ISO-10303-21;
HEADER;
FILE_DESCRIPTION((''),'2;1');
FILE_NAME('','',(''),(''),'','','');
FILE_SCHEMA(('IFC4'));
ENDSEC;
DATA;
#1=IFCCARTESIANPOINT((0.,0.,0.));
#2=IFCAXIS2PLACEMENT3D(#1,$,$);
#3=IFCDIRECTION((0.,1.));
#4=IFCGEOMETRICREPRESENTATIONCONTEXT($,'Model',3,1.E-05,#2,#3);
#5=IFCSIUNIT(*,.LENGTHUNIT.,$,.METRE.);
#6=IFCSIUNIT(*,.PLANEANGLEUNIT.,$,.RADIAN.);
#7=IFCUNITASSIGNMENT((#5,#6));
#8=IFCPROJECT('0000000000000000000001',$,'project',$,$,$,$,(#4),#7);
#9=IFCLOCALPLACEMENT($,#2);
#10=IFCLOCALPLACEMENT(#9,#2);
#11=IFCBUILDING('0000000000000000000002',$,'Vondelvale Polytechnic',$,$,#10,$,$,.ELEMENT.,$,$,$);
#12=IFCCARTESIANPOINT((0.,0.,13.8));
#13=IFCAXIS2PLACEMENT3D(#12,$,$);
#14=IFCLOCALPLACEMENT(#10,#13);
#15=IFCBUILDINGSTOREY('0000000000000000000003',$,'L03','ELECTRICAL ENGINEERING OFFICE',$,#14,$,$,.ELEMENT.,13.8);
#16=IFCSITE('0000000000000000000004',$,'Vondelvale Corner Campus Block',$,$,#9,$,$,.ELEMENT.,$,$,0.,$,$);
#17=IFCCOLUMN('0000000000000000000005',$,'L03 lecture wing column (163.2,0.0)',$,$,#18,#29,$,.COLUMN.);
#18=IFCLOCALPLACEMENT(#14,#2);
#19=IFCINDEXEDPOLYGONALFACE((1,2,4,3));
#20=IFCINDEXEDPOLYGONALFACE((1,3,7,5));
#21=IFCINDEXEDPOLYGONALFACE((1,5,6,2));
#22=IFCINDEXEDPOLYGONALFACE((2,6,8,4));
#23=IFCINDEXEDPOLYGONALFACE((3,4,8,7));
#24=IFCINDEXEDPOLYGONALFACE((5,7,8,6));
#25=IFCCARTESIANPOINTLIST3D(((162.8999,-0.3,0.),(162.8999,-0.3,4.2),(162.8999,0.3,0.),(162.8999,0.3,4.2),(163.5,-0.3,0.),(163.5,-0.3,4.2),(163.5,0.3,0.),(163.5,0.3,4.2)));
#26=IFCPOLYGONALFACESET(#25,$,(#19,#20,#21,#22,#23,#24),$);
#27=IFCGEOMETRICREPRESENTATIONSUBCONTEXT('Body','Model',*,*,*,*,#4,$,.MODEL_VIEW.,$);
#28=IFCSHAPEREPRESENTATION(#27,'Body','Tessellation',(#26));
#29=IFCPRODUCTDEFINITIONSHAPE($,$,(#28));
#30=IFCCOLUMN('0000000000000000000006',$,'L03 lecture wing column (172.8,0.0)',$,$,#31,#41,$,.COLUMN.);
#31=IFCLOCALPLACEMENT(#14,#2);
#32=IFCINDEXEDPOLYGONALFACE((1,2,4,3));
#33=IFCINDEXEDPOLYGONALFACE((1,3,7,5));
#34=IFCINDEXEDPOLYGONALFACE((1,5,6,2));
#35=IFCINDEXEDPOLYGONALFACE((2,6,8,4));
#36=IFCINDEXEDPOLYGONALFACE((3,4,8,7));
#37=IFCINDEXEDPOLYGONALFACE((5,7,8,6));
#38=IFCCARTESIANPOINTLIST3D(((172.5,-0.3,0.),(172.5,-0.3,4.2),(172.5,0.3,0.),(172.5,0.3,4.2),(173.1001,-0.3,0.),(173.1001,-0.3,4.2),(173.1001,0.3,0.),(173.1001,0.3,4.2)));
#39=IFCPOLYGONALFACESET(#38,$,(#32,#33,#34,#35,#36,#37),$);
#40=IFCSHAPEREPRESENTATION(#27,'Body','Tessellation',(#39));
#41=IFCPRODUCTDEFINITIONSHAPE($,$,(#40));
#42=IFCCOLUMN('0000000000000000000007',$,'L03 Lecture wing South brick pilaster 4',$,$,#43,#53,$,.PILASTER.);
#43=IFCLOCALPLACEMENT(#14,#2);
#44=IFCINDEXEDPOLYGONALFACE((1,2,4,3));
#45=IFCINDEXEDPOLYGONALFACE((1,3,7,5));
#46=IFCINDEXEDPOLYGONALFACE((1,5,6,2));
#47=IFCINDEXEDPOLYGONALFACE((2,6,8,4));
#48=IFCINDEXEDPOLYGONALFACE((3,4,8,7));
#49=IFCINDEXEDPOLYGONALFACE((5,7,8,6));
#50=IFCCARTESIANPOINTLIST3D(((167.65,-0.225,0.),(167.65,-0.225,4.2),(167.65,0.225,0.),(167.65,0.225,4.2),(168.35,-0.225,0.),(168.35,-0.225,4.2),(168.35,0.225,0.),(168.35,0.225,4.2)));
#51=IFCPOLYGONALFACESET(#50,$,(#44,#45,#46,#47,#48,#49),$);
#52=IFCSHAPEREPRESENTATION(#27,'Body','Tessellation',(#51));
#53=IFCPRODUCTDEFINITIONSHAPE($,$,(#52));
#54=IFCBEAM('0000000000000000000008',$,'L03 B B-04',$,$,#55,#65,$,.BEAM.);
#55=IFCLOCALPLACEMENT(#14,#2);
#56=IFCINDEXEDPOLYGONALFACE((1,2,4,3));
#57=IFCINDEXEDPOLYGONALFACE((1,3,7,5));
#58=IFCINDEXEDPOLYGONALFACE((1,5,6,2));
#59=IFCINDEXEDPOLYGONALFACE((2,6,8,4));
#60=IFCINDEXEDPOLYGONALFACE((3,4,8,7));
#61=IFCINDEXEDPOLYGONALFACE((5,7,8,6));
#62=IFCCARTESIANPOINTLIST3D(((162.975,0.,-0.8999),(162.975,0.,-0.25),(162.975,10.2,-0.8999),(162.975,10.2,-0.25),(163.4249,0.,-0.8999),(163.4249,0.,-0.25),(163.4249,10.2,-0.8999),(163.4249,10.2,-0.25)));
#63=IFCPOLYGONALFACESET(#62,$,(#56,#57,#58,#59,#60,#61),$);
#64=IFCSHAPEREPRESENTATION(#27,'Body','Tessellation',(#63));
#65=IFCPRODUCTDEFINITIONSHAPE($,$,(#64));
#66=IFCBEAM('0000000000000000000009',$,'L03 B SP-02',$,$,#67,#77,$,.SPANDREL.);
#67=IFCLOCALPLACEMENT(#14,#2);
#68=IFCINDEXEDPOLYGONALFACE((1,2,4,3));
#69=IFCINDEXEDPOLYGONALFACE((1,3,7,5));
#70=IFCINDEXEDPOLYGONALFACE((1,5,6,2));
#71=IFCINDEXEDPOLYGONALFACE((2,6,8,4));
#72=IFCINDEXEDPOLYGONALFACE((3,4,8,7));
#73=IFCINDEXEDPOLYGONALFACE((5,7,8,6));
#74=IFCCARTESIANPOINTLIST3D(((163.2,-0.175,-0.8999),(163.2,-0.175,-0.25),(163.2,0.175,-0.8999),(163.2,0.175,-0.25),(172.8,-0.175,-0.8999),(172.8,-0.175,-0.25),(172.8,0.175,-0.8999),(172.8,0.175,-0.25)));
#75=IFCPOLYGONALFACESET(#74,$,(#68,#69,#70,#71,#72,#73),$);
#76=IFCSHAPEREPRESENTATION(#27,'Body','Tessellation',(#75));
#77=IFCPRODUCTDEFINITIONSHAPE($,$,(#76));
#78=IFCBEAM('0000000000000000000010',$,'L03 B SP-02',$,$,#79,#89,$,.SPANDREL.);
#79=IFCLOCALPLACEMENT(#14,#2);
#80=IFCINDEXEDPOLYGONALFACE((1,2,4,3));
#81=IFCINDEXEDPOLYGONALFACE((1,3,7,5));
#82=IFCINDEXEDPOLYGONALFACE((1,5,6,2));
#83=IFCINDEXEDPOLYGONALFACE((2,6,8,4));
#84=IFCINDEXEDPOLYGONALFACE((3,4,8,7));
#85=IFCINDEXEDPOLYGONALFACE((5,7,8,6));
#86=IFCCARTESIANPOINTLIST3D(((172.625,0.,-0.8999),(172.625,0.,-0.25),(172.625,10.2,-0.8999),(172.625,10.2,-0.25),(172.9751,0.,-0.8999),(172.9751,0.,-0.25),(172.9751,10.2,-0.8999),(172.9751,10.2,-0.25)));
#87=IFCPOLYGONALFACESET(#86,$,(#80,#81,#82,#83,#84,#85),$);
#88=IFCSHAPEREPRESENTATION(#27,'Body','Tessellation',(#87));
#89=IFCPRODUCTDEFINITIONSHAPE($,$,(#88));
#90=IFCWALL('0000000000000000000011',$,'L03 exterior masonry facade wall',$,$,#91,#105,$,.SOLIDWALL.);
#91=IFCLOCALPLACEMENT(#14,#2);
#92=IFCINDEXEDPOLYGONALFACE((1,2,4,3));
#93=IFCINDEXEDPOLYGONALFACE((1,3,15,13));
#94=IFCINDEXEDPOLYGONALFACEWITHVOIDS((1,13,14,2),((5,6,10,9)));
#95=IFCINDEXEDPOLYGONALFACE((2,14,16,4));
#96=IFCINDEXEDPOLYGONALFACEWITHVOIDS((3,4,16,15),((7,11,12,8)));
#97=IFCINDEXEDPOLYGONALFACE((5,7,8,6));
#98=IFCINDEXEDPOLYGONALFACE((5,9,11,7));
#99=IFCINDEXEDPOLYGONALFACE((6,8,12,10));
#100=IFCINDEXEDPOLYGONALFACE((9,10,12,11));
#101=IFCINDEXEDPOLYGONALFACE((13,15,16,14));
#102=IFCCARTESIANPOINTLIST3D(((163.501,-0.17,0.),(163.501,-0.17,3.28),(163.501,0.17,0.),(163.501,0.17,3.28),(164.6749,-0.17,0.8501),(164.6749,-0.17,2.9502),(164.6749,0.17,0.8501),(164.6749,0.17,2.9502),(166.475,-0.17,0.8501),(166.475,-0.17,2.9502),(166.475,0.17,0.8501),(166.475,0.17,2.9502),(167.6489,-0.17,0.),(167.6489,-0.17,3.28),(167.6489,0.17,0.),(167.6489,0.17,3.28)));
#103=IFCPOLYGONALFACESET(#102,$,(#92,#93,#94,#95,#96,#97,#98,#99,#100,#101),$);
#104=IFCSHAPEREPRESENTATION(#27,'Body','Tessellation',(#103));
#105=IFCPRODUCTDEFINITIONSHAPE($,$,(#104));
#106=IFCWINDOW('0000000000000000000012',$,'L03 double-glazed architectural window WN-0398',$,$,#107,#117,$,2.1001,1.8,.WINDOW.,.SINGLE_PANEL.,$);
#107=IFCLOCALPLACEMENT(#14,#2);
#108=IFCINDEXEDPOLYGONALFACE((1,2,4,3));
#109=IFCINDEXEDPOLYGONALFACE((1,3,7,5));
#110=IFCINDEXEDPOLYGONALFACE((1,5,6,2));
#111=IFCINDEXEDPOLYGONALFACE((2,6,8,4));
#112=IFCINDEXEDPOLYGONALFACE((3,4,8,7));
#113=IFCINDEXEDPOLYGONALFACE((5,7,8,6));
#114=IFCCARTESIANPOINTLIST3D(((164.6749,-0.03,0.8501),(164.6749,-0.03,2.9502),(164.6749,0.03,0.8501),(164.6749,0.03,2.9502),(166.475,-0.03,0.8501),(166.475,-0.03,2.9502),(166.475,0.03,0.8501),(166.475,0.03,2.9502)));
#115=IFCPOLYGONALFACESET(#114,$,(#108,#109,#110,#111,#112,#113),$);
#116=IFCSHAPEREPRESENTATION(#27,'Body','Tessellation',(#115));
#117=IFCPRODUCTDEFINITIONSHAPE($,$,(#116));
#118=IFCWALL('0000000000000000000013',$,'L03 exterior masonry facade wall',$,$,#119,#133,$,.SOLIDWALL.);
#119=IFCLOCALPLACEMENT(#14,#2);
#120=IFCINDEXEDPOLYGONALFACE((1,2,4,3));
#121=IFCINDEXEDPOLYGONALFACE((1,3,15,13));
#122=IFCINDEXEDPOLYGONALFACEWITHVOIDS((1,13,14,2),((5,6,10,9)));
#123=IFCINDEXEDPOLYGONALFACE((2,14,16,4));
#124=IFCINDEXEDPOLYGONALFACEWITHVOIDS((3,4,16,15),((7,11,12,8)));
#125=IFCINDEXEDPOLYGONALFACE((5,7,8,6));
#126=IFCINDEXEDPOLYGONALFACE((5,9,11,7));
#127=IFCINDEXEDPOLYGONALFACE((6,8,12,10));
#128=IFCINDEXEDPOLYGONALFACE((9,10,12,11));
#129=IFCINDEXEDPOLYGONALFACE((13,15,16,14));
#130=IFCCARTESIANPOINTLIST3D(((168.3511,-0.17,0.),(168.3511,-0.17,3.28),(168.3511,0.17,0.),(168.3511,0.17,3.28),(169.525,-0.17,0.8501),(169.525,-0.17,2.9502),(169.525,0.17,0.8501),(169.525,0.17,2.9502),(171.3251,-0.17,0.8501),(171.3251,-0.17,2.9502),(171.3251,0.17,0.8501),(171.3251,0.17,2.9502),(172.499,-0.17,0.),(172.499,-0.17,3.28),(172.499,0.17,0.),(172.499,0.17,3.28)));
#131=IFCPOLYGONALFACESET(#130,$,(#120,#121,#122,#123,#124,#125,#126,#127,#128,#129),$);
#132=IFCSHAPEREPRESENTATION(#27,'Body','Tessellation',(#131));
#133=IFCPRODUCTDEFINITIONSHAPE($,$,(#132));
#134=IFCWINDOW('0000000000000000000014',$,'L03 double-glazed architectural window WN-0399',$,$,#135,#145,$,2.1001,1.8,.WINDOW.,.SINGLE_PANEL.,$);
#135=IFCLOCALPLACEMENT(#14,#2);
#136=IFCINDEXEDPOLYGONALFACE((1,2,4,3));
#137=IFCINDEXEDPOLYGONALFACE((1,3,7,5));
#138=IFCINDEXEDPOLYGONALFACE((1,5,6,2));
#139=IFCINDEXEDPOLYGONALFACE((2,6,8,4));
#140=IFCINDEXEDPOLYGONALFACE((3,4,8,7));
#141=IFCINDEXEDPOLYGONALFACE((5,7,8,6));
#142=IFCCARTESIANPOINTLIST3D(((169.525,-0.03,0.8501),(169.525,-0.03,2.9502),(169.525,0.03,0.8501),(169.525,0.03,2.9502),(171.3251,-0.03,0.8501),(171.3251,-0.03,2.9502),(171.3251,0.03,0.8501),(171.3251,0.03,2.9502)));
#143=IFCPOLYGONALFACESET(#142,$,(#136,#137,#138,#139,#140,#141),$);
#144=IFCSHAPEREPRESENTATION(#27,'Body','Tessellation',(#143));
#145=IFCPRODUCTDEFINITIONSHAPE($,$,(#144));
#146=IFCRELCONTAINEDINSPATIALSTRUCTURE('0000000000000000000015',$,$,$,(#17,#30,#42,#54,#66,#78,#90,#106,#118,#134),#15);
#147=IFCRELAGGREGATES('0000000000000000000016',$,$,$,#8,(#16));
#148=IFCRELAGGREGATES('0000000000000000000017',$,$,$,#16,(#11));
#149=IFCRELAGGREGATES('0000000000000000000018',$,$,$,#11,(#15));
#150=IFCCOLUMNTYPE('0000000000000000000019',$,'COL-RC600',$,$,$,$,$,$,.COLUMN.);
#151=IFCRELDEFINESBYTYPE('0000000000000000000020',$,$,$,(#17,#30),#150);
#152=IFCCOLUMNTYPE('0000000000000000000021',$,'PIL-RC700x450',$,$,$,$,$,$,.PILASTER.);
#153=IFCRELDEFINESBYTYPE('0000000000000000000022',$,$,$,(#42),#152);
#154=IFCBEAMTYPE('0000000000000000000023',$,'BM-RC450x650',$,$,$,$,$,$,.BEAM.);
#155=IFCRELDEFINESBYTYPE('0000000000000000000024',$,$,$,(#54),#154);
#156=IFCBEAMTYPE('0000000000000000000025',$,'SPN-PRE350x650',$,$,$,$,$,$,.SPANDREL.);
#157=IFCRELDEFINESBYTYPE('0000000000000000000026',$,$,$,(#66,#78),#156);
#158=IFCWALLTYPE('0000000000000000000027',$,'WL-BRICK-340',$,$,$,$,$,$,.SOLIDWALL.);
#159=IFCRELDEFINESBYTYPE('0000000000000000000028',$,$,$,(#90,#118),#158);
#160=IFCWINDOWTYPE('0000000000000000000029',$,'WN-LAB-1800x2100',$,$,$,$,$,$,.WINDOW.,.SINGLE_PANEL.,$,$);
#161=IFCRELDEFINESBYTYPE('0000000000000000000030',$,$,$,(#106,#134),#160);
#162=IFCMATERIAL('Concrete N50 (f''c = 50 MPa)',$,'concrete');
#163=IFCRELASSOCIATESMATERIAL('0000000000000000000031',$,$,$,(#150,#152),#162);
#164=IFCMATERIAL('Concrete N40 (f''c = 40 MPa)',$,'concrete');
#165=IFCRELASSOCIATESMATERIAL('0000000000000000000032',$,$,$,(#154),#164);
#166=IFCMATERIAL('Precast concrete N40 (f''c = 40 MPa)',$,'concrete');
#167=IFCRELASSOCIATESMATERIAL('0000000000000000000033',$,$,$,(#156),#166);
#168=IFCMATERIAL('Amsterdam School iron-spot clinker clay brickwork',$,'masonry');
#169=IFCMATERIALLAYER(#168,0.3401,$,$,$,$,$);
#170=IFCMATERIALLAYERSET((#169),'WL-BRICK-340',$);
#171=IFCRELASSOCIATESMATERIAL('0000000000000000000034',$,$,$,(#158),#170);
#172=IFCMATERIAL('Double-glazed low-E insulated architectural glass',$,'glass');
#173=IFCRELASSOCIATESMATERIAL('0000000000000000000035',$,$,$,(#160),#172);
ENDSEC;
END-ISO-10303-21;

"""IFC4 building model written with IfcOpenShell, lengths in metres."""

from ifc_helpers import new_model, si_unit, direction, frame, frame_2d, origin, origin_2d, place, context, subcontext, project, spatial, rectangle, extrude, material, layer, layer_set, material_profile, profile_set, type_object, element, fill, save


model = new_model("IFC4")

# Units and contexts
model_context = context("Model", 3, precision=1e-05, world=origin(), true_north=direction((0.0, 1.0)))
body_context = subcontext(model_context, "Body", "Model", "MODEL_VIEW")
ifc_project = project(units=[si_unit("LENGTHUNIT", "METRE"), si_unit("PLANEANGLEUNIT", "RADIAN")], contexts=[model_context])

# Site, building, storey
site_placement = place(None, origin())
site = spatial("IfcSite", under=ifc_project, at=site_placement, Name="Vondelvale Corner Campus Block", CompositionType="ELEMENT", RefElevation=0.0)
building_placement = place(site_placement, origin())
building = spatial("IfcBuilding", under=site, at=building_placement, Name="Vondelvale Polytechnic", CompositionType="ELEMENT")
storey_placement = place(building_placement, frame((0.0, 0.0, 13.8)))
storey = spatial("IfcBuildingStorey", under=building, at=storey_placement, Name="L03", Description="ELECTRICAL ENGINEERING OFFICE", CompositionType="ELEMENT", Elevation=13.8)

# Columns
ifc_material_1 = material(Name="Concrete N50 (f'c = 50 MPa)", Category="concrete")
ifc_material_profile_1 = material_profile(ifc_material_1, rectangle(XDim=0.6001, YDim=0.6001, at=origin_2d()), Name="RC-COL-600x600")
ifc_profile_set_1 = profile_set([ifc_material_profile_1], Name="Concrete N50 (f'c = 50 MPa)")
column_type_1 = type_object("IfcColumnType", Name="COL-RC600", PredefinedType="COLUMN", material=ifc_profile_set_1)
for number, where, z_axis, x_axis, name in (
    (1, (163.2, 0.0, 0.0), (0.0, 0.0, 1.0), (1.0, 0.0, 0.0), "L03 lecture wing column (163.2,0.0)"),
    (2, (172.8, 0.0, 0.0), (0.0, 0.0, 1.0), (1.0, 0.0, 0.0), "L03 lecture wing column (172.8,0.0)"),
):
    element("IfcColumn", number, at=place(storey_placement, frame(where, z_axis=z_axis, x_axis=x_axis)), inside=storey, type_object=column_type_1, Name=name, PredefinedType="COLUMN", context=body_context, shape_type="SweptSolid", body=[
        extrude(rectangle(XDim=0.6001, YDim=0.6001, at=origin_2d()), origin(), (0.0, 0.0, 1.0), 4.2),
    ])
ifc_material_profile_2 = material_profile(ifc_material_1, rectangle(XDim=0.45, YDim=0.7, at=origin_2d()), Name="RC-PIL-700x450")
ifc_profile_set_2 = profile_set([ifc_material_profile_2], Name="Concrete N50 (f'c = 50 MPa)")
column_type_2 = type_object("IfcColumnType", Name="PIL-RC700x450", PredefinedType="PILASTER", material=ifc_profile_set_2)
column_placement = place(storey_placement, frame((168.0, 0.0, 0.0), z_axis=(0.0, 0.0, 1.0), x_axis=(0.0, 1.0, 0.0)))
element("IfcColumn", 3, at=column_placement, inside=storey, type_object=column_type_2, Name="L03 Lecture wing South brick pilaster 4", PredefinedType="PILASTER", context=body_context, shape_type="SweptSolid", body=[
    extrude(rectangle(XDim=0.45, YDim=0.7, at=origin_2d()), origin(), (0.0, 0.0, 1.0), 4.2),
])

# Beams
ifc_material_2 = material(Name="Concrete N40 (f'c = 40 MPa)", Category="concrete")
ifc_material_profile_3 = material_profile(ifc_material_2, rectangle(XDim=0.45, YDim=0.6499, at=origin_2d()), Name="RC-BM-450x650")
ifc_profile_set_3 = profile_set([ifc_material_profile_3], Name="Concrete N40 (f'c = 40 MPa)")
beam_type_1 = type_object("IfcBeamType", Name="BM-RC450x650", PredefinedType="BEAM", material=ifc_profile_set_3)
beam_1_placement = place(storey_placement, frame((163.2, 0.0, -0.575), z_axis=(0.0, 1.0, 0.0), x_axis=(-1.0, 0.0, 0.0)))
element("IfcBeam", 4, at=beam_1_placement, inside=storey, type_object=beam_type_1, Name="L03 B B-04", PredefinedType="BEAM", context=body_context, shape_type="SweptSolid", body=[
    extrude(rectangle(XDim=0.45, YDim=0.6499, at=origin_2d()), origin(), (0.0, 0.0, 1.0), 10.2),
])
ifc_material_3 = material(Name="Precast concrete N40 (f'c = 40 MPa)", Category="concrete")
ifc_material_profile_4 = material_profile(ifc_material_3, rectangle(XDim=0.3501, YDim=0.6499, at=origin_2d()), Name="RC-SPN-350x650")
ifc_profile_set_4 = profile_set([ifc_material_profile_4], Name="Precast concrete N40 (f'c = 40 MPa)")
beam_type_2 = type_object("IfcBeamType", Name="SPN-PRE350x650", PredefinedType="SPANDREL", material=ifc_profile_set_4)
beam_2_placement = place(storey_placement, frame((163.2, 0.0, -0.575), z_axis=(1.0, 0.0, 0.0), x_axis=(0.0, 1.0, 0.0)))
element("IfcBeam", 5, at=beam_2_placement, inside=storey, type_object=beam_type_2, Name="L03 B SP-02", PredefinedType="SPANDREL", context=body_context, shape_type="SweptSolid", body=[
    extrude(rectangle(XDim=0.3501, YDim=0.6499, at=origin_2d()), origin(), (0.0, 0.0, 1.0), 9.6001),
])
beam_3_placement = place(storey_placement, frame((172.8, 0.0, -0.575), z_axis=(0.0, 1.0, 0.0), x_axis=(-1.0, 0.0, 0.0)))
element("IfcBeam", 6, at=beam_3_placement, inside=storey, type_object=beam_type_2, Name="L03 B SP-02", PredefinedType="SPANDREL", context=body_context, shape_type="SweptSolid", body=[
    extrude(rectangle(XDim=0.3501, YDim=0.6499, at=origin_2d()), origin(), (0.0, 0.0, 1.0), 10.2),
])

# Walls, openings, windows
ifc_material_4 = material(Name="Amsterdam School iron-spot clinker clay brickwork", Category="masonry")
ifc_layer_1 = layer(ifc_material_4, 0.3401)
ifc_layer_set_1 = layer_set([ifc_layer_1], Name="WL-BRICK-340")
wall_type = type_object("IfcWallType", Name="WL-BRICK-340", PredefinedType="SOLIDWALL", material=ifc_layer_set_1)
wall_1_placement = place(storey_placement, frame((167.6489, 0.0, 0.0), z_axis=(0.0, 0.0, 1.0), x_axis=(-1.0, 0.0, 0.0)))
wall_1 = element("IfcWall", 7, at=wall_1_placement, inside=storey, type_object=wall_type, Name="L03 exterior masonry facade wall", PredefinedType="SOLIDWALL", context=body_context, shape_type="SweptSolid", body=[
    extrude(rectangle(XDim=4.1479, YDim=0.3401, at=frame_2d((2.074, 0.0))), origin(), (0.0, 0.0, 1.0), 3.28),
])
opening_1_placement = place(wall_1_placement, frame((1.1741, 0.0, 0.8501)))
opening_1 = element("IfcOpeningElement", 8, at=opening_1_placement, cuts=wall_1, PredefinedType="OPENING", context=body_context, shape_type="SweptSolid", body=[
    extrude(rectangle(XDim=1.8, YDim=2.1001, at=frame_2d((0.8999, 1.05))), frame((0.0, 0.1799, 0.0), z_axis=(0.0, -1.0, 0.0), x_axis=(1.0, 0.0, 0.0)), (0.0, 0.0, 1.0), 0.3601),
])
ifc_material_5 = material(Name="Double-glazed low-E insulated architectural glass", Category="glass")
window_type_1 = type_object("IfcWindowType", Name="WN-LAB-1800x2100", PartitioningType="SINGLE_PANEL", PredefinedType="WINDOW", material=ifc_material_5)
window_1_placement = place(opening_1_placement, origin())
window_1 = element("IfcWindow", 9, at=window_1_placement, inside=storey, type_object=window_type_1, Name="L03 double-glazed architectural window WN-0398", OverallHeight=2.1001, OverallWidth=1.8, PartitioningType="SINGLE_PANEL", PredefinedType="WINDOW", context=body_context, shape_type="SweptSolid", body=[
    extrude(rectangle(XDim=1.8, YDim=2.1001, at=frame_2d((0.8999, 1.05))), frame((0.0, 0.03, 0.0), z_axis=(0.0, -1.0, 0.0), x_axis=(1.0, 0.0, 0.0)), (0.0, 0.0, 1.0), 0.0601),
])
fill(opening_1, window_1)
wall_2_placement = place(storey_placement, frame((172.499, 0.0, 0.0), z_axis=(0.0, 0.0, 1.0), x_axis=(-1.0, 0.0, 0.0)))
wall_2 = element("IfcWall", 10, at=wall_2_placement, inside=storey, type_object=wall_type, Name="L03 exterior masonry facade wall", PredefinedType="SOLIDWALL", context=body_context, shape_type="SweptSolid", body=[
    extrude(rectangle(XDim=4.1479, YDim=0.3401, at=frame_2d((2.074, 0.0))), origin(), (0.0, 0.0, 1.0), 3.28),
])
opening_2_placement = place(wall_2_placement, frame((1.1741, 0.0, 0.8501)))
opening_2 = element("IfcOpeningElement", 11, at=opening_2_placement, cuts=wall_2, PredefinedType="OPENING", context=body_context, shape_type="SweptSolid", body=[
    extrude(rectangle(XDim=1.8, YDim=2.1001, at=frame_2d((0.8999, 1.05))), frame((0.0, 0.1799, 0.0), z_axis=(0.0, -1.0, 0.0), x_axis=(1.0, 0.0, 0.0)), (0.0, 0.0, 1.0), 0.3601),
])
window_2_placement = place(opening_2_placement, origin())
window_2 = element("IfcWindow", 12, at=window_2_placement, inside=storey, type_object=window_type_1, Name="L03 double-glazed architectural window WN-0399", OverallHeight=2.1001, OverallWidth=1.8, PartitioningType="SINGLE_PANEL", PredefinedType="WINDOW", context=body_context, shape_type="SweptSolid", body=[
    extrude(rectangle(XDim=1.8, YDim=2.1001, at=frame_2d((0.8999, 1.05))), frame((0.0, 0.03, 0.0), z_axis=(0.0, -1.0, 0.0), x_axis=(1.0, 0.0, 0.0)), (0.0, 0.0, 1.0), 0.0601),
])
fill(opening_2, window_2)

save(model, "model.ifc")
